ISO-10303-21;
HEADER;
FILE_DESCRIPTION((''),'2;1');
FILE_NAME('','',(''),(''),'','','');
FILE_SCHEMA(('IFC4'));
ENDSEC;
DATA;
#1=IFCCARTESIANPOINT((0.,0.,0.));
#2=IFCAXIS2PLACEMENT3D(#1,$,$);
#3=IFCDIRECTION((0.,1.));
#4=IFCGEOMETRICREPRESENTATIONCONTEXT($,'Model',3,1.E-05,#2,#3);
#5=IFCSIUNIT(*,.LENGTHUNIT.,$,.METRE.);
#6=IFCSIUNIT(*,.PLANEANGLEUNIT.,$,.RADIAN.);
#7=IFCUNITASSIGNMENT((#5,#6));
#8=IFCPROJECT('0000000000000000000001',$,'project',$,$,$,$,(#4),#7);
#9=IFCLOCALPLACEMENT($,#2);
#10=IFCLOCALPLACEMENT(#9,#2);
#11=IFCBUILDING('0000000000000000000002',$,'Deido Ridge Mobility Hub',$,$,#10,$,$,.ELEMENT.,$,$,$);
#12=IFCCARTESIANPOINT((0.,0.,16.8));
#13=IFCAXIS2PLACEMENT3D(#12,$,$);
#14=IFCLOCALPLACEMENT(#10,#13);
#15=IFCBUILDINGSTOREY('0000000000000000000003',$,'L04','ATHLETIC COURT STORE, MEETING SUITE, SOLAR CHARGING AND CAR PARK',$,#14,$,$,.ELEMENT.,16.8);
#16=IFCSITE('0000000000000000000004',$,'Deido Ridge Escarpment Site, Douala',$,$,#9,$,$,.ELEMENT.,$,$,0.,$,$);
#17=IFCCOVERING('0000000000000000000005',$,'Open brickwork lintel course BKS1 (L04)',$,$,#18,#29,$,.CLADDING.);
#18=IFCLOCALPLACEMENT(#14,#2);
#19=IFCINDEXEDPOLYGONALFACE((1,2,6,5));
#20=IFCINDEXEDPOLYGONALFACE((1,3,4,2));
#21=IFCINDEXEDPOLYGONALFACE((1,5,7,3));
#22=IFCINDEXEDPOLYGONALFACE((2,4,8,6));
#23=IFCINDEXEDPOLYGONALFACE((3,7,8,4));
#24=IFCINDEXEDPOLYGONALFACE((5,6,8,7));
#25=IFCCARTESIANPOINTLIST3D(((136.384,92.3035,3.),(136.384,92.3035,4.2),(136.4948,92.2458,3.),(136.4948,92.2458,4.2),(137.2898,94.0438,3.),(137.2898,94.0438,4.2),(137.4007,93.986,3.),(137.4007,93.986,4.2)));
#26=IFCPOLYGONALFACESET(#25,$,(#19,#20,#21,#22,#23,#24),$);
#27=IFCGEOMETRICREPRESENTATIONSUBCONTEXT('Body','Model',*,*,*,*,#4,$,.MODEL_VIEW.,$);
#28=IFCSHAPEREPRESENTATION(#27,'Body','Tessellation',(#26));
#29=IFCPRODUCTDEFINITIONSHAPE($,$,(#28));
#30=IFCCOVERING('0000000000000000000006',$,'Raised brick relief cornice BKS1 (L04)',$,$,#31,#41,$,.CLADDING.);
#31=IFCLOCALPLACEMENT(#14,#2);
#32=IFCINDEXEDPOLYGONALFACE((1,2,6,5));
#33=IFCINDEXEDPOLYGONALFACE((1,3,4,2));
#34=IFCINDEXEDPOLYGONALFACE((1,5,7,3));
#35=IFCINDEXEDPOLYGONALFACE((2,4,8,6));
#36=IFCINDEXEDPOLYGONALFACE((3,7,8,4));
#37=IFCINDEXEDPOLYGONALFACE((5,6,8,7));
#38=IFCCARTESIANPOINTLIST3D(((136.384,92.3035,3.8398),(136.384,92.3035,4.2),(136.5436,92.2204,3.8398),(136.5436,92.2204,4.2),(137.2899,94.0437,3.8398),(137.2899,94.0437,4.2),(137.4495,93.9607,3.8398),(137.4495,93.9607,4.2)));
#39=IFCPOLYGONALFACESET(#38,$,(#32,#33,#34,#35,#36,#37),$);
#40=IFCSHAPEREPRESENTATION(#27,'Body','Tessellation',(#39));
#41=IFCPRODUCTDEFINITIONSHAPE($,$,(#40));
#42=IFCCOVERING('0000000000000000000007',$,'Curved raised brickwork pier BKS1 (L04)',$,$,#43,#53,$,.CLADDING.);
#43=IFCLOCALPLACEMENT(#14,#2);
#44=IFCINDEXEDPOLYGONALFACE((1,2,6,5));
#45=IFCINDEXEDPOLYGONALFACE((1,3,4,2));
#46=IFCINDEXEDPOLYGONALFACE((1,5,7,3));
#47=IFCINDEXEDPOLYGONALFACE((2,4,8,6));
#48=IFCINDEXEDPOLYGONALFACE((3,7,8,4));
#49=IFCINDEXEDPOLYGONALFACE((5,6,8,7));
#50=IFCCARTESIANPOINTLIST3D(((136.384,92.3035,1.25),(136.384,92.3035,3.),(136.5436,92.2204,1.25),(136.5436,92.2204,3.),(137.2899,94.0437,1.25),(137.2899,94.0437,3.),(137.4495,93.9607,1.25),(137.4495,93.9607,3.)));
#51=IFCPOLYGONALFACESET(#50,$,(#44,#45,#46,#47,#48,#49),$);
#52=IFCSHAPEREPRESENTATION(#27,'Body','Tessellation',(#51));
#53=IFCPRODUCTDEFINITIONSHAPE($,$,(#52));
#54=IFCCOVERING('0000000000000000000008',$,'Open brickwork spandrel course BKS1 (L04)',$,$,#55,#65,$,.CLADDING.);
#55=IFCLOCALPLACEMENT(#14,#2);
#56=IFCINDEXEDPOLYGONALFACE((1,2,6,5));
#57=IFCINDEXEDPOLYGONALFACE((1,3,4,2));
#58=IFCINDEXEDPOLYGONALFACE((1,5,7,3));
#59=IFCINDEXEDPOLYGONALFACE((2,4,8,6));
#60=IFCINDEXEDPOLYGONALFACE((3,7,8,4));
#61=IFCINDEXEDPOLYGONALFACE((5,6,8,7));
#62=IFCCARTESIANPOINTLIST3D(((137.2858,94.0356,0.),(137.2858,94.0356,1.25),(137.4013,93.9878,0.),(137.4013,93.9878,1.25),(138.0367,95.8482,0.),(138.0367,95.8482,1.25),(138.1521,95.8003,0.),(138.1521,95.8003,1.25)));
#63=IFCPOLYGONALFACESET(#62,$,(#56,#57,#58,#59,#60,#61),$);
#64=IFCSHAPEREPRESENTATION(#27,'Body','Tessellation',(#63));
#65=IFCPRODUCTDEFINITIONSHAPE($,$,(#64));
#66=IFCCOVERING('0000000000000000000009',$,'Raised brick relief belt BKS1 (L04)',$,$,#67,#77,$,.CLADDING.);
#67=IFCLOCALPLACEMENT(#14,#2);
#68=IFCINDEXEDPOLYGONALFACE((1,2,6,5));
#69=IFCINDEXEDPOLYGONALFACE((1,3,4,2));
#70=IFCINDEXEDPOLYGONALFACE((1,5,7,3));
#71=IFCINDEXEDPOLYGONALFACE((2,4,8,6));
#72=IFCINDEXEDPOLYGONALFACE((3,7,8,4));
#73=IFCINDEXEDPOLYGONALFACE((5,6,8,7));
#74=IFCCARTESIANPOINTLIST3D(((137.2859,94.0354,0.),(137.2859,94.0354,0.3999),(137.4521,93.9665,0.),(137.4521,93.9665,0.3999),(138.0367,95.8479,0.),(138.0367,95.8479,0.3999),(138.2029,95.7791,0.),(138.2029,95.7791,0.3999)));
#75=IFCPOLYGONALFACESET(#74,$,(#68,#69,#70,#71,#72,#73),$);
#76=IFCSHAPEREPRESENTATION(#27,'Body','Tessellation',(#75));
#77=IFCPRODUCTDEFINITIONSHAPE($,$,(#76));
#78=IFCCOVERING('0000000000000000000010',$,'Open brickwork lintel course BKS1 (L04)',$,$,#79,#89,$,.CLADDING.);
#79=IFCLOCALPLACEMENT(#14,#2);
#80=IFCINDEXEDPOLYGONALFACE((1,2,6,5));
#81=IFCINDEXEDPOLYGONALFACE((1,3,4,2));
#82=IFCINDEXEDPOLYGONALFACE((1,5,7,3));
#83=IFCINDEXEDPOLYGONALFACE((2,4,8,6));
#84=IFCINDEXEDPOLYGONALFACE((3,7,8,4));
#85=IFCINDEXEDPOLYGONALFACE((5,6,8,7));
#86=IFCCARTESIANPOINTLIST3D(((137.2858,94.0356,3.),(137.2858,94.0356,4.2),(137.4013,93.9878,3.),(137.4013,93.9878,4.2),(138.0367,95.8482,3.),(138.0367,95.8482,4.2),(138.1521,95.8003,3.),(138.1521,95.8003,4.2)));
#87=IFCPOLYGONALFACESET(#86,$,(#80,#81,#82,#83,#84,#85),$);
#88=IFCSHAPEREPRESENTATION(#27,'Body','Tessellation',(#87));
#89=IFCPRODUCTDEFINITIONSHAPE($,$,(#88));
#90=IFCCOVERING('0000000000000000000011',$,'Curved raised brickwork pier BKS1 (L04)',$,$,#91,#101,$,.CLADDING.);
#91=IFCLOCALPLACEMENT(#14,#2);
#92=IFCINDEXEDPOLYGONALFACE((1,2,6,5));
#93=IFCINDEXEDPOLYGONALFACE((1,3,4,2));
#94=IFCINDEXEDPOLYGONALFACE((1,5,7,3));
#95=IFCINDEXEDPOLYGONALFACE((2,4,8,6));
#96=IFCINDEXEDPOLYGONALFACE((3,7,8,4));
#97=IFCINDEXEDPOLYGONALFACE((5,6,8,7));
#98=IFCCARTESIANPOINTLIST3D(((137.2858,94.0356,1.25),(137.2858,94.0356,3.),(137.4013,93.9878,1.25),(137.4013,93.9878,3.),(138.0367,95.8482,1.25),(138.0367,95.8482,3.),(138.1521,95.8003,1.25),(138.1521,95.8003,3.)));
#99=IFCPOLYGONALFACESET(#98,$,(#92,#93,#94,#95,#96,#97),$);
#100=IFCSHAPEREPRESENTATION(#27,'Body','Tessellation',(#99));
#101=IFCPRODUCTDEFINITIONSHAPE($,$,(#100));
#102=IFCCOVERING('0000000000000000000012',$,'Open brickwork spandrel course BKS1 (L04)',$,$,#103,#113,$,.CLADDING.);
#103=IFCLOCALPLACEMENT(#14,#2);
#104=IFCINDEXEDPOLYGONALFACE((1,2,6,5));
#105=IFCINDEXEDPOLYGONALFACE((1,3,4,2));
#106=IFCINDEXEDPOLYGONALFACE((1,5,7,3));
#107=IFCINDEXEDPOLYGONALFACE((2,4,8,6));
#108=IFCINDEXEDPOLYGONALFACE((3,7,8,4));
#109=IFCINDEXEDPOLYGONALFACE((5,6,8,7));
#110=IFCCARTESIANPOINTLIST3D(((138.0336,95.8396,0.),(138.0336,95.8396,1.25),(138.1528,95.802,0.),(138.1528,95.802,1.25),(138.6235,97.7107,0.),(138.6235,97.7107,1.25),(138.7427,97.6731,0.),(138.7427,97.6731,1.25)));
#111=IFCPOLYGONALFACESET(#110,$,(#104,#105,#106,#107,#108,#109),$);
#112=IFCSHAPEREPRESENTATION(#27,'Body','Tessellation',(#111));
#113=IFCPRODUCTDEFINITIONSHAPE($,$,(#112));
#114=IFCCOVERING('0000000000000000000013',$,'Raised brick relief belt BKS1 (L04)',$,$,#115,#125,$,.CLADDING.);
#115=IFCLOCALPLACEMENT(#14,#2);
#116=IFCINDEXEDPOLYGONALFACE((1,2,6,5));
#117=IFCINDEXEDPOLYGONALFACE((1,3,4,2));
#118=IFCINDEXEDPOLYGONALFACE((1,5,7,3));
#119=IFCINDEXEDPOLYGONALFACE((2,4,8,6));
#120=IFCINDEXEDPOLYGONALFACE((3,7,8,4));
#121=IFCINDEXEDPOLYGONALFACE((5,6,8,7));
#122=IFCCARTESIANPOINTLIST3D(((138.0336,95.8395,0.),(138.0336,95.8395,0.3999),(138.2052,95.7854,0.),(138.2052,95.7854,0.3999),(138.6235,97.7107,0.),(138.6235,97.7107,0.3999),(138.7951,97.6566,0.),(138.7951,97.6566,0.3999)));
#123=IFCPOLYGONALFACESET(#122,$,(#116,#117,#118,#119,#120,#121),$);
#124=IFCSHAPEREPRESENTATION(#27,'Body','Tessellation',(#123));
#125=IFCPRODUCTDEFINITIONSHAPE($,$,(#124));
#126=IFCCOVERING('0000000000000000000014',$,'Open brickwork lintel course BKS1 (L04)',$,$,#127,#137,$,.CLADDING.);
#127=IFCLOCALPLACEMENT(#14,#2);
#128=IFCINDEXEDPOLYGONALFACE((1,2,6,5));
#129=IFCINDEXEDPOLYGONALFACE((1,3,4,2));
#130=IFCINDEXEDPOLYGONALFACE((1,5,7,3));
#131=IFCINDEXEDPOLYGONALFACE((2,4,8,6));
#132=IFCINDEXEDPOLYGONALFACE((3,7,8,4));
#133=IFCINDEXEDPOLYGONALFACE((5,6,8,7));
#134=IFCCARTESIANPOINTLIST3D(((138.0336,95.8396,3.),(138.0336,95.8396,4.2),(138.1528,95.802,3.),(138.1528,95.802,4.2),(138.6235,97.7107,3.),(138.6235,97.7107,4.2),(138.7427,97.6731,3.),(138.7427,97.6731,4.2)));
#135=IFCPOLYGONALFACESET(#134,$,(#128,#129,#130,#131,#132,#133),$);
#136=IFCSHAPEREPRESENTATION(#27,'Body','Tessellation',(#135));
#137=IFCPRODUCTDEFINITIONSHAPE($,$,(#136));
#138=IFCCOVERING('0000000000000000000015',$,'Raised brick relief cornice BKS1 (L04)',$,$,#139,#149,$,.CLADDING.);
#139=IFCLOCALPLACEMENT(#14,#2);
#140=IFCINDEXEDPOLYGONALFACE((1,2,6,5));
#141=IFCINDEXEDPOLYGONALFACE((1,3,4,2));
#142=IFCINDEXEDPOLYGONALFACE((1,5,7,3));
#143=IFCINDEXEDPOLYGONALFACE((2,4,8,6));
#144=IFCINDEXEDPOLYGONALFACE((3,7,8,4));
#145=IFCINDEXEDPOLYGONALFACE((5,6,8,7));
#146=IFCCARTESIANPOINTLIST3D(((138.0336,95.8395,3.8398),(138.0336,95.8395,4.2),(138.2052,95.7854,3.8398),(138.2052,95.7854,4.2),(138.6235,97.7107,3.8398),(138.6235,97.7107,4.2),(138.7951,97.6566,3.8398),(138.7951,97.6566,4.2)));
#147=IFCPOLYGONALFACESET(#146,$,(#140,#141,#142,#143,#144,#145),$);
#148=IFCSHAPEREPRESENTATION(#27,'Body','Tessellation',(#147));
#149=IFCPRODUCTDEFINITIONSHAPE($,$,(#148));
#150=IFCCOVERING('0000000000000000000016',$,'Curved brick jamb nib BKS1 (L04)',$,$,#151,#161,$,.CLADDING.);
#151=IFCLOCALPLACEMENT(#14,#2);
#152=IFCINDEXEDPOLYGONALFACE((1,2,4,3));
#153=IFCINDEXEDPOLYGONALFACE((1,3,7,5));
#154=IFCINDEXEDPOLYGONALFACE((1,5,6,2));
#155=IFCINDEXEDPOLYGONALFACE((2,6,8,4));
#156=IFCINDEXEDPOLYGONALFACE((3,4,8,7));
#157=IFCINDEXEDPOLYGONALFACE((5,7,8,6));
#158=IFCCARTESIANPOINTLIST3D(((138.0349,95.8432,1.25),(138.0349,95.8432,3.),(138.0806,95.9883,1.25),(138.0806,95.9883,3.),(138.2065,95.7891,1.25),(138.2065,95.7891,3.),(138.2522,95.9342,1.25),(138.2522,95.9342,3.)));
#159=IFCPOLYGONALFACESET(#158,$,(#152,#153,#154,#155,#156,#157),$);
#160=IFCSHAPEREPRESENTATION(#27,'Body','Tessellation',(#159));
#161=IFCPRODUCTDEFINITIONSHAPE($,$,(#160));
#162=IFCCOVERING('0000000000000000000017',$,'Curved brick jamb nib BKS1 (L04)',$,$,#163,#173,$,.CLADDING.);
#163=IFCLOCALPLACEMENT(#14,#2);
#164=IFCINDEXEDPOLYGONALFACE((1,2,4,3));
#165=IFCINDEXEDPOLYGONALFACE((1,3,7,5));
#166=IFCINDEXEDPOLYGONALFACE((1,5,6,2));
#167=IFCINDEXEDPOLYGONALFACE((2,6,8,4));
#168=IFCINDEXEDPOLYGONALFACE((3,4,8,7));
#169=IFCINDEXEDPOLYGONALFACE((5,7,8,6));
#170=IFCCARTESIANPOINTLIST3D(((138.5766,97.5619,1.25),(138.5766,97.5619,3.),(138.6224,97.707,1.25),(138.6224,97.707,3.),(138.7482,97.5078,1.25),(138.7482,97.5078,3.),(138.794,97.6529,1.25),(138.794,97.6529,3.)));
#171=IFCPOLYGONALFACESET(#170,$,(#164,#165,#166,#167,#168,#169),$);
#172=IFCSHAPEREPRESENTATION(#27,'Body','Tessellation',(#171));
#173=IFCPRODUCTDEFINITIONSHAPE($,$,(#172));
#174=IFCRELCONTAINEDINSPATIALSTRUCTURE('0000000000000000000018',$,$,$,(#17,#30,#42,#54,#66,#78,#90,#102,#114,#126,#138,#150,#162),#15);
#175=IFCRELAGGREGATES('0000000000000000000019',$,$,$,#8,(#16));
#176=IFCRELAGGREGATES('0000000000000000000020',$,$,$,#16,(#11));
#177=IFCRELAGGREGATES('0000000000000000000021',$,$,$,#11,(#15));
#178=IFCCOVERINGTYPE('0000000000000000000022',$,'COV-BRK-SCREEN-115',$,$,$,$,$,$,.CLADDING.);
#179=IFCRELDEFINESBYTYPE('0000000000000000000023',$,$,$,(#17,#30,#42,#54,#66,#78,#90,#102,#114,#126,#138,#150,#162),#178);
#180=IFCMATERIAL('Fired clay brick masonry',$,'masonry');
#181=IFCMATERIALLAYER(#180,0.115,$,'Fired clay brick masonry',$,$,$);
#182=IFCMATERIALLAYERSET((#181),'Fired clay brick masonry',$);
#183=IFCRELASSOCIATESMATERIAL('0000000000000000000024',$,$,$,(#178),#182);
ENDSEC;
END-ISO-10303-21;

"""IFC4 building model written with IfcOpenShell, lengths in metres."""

from ifc_helpers import new_model, si_unit, direction, frame, origin, origin_2d, place, context, subcontext, project, spatial, rectangle, extrude, material, layer, layer_set, type_object, element, save


model = new_model("IFC4")

# Units and contexts
model_context = context("Model", 3, precision=1e-05, world=origin(), true_north=direction((0.0, 1.0)))
body_context = subcontext(model_context, "Body", "Model", "MODEL_VIEW")
ifc_project = project(units=[si_unit("LENGTHUNIT", "METRE"), si_unit("PLANEANGLEUNIT", "RADIAN")], contexts=[model_context])

# Site, building, storey
site_placement = place(None, origin())
site = spatial("IfcSite", under=ifc_project, at=site_placement, Name="Deido Ridge Escarpment Site, Douala", CompositionType="ELEMENT", RefElevation=0.0)
building_placement = place(site_placement, origin())
building = spatial("IfcBuilding", under=site, at=building_placement, Name="Deido Ridge Mobility Hub", CompositionType="ELEMENT")
storey_placement = place(building_placement, frame((0.0, 0.0, 16.8)))
storey = spatial("IfcBuildingStorey", under=building, at=storey_placement, Name="L04", Description="ATHLETIC COURT STORE, MEETING SUITE, SOLAR CHARGING AND CAR PARK", CompositionType="ELEMENT", Elevation=16.8)

# Coverings
ifc_material_1 = material(Name="Fired clay brick masonry", Category="masonry")
ifc_layer = layer(ifc_material_1, 0.115, Name="Fired clay brick masonry")
ifc_layer_set = layer_set([ifc_layer], Name="Fired clay brick masonry")
covering_type = type_object("IfcCoveringType", Name="COV-BRK-SCREEN-115", PredefinedType="CLADDING", material=ifc_layer_set)
covering_1_placement = place(storey_placement, frame((136.8923, 93.1448, 3.0), z_axis=(0.0, 0.0, 1.0), x_axis=(0.461733, 0.887019, 0.0)))
element("IfcCovering", 1, at=covering_1_placement, inside=storey, type_object=covering_type, Name="Open brickwork lintel course BKS1 (L04)", PredefinedType="CLADDING", context=body_context, shape_type="SweptSolid", body=[
    extrude(rectangle(XDim=1.9619, YDim=0.125, at=origin_2d()), origin(), (0.0, 0.0, 1.0), 1.2),
])
covering_2_placement = place(storey_placement, frame((136.9167, 93.1321, 3.8398), z_axis=(0.0, 0.0, 1.0), x_axis=(0.461733, 0.887019, 0.0)))
element("IfcCovering", 2, at=covering_2_placement, inside=storey, type_object=covering_type, Name="Raised brick relief cornice BKS1 (L04)", PredefinedType="CLADDING", context=body_context, shape_type="SweptSolid", body=[
    extrude(rectangle(XDim=1.9619, YDim=0.1799, at=origin_2d()), origin(), (0.0, 0.0, 1.0), 0.3601),
])
covering_3_placement = place(storey_placement, frame((136.9167, 93.1321, 1.25), z_axis=(0.0, 0.0, 1.0), x_axis=(0.461733, 0.887019, 0.0)))
element("IfcCovering", 3, at=covering_3_placement, inside=storey, type_object=covering_type, Name="Curved raised brickwork pier BKS1 (L04)", PredefinedType="CLADDING", context=body_context, shape_type="SweptSolid", body=[
    extrude(rectangle(XDim=1.9619, YDim=0.1799, at=origin_2d()), origin(), (0.0, 0.0, 1.0), 1.75),
])
covering_4_placement = place(storey_placement, frame((137.719, 94.918, 0.0), z_axis=(0.0, 0.0, 1.0), x_axis=(0.3827, 0.923873, 0.0)))
element("IfcCovering", 4, at=covering_4_placement, inside=storey, type_object=covering_type, Name="Open brickwork spandrel course BKS1 (L04)", PredefinedType="CLADDING", context=body_context, shape_type="SweptSolid", body=[
    extrude(rectangle(XDim=1.9619, YDim=0.125, at=origin_2d()), origin(), (0.0, 0.0, 1.0), 1.25),
])
covering_5_placement = place(storey_placement, frame((137.7444, 94.9072, 0.0), z_axis=(0.0, 0.0, 1.0), x_axis=(0.3827, 0.923873, 0.0)))
element("IfcCovering", 5, at=covering_5_placement, inside=storey, type_object=covering_type, Name="Raised brick relief belt BKS1 (L04)", PredefinedType="CLADDING", context=body_context, shape_type="SweptSolid", body=[
    extrude(rectangle(XDim=1.9619, YDim=0.1799, at=origin_2d()), origin(), (0.0, 0.0, 1.0), 0.3999),
])
covering_6_placement = place(storey_placement, frame((137.719, 94.918, 3.0), z_axis=(0.0, 0.0, 1.0), x_axis=(0.3827, 0.923873, 0.0)))
element("IfcCovering", 6, at=covering_6_placement, inside=storey, type_object=covering_type, Name="Open brickwork lintel course BKS1 (L04)", PredefinedType="CLADDING", context=body_context, shape_type="SweptSolid", body=[
    extrude(rectangle(XDim=1.9619, YDim=0.125, at=origin_2d()), origin(), (0.0, 0.0, 1.0), 1.2),
])
covering_7_placement = place(storey_placement, frame((137.719, 94.918, 1.25), z_axis=(0.0, 0.0, 1.0), x_axis=(0.3827, 0.923873, 0.0)))
element("IfcCovering", 7, at=covering_7_placement, inside=storey, type_object=covering_type, Name="Curved raised brickwork pier BKS1 (L04)", PredefinedType="CLADDING", context=body_context, shape_type="SweptSolid", body=[
    extrude(rectangle(XDim=1.9619, YDim=0.125, at=origin_2d()), origin(), (0.0, 0.0, 1.0), 1.75),
])
covering_8_placement = place(storey_placement, frame((138.3882, 96.7563, 0.0), z_axis=(0.0, 0.0, 1.0), x_axis=(0.300673, 0.953727, 0.0)))
element("IfcCovering", 8, at=covering_8_placement, inside=storey, type_object=covering_type, Name="Open brickwork spandrel course BKS1 (L04)", PredefinedType="CLADDING", context=body_context, shape_type="SweptSolid", body=[
    extrude(rectangle(XDim=1.9619, YDim=0.125, at=origin_2d()), origin(), (0.0, 0.0, 1.0), 1.25),
])
covering_9_placement = place(storey_placement, frame((138.4143, 96.748, 0.0), z_axis=(0.0, 0.0, 1.0), x_axis=(0.300673, 0.953727, 0.0)))
element("IfcCovering", 9, at=covering_9_placement, inside=storey, type_object=covering_type, Name="Raised brick relief belt BKS1 (L04)", PredefinedType="CLADDING", context=body_context, shape_type="SweptSolid", body=[
    extrude(rectangle(XDim=1.9619, YDim=0.1799, at=origin_2d()), origin(), (0.0, 0.0, 1.0), 0.3999),
])
covering_10_placement = place(storey_placement, frame((138.3882, 96.7563, 3.0), z_axis=(0.0, 0.0, 1.0), x_axis=(0.300673, 0.953727, 0.0)))
element("IfcCovering", 10, at=covering_10_placement, inside=storey, type_object=covering_type, Name="Open brickwork lintel course BKS1 (L04)", PredefinedType="CLADDING", context=body_context, shape_type="SweptSolid", body=[
    extrude(rectangle(XDim=1.9619, YDim=0.125, at=origin_2d()), origin(), (0.0, 0.0, 1.0), 1.2),
])
covering_11_placement = place(storey_placement, frame((138.4143, 96.748, 3.8398), z_axis=(0.0, 0.0, 1.0), x_axis=(0.300673, 0.953727, 0.0)))
element("IfcCovering", 11, at=covering_11_placement, inside=storey, type_object=covering_type, Name="Raised brick relief cornice BKS1 (L04)", PredefinedType="CLADDING", context=body_context, shape_type="SweptSolid", body=[
    extrude(rectangle(XDim=1.9619, YDim=0.1799, at=origin_2d()), origin(), (0.0, 0.0, 1.0), 0.3601),
])
for number, where, z_axis, x_axis, name in (
    (12, (138.1436, 95.8887, 1.25), (0.0, 0.0, 1.0), (0.300673, 0.953727, 0.0), "Curved brick jamb nib BKS1 (L04)"),
    (13, (138.6853, 97.6074, 1.25), (0.0, 0.0, 1.0), (0.300673, 0.953727, 0.0), "Curved brick jamb nib BKS1 (L04)"),
):
    element("IfcCovering", number, at=place(storey_placement, frame(where, z_axis=z_axis, x_axis=x_axis)), inside=storey, type_object=covering_type, Name=name, PredefinedType="CLADDING", context=body_context, shape_type="SweptSolid", body=[
        extrude(rectangle(XDim=0.1521, YDim=0.1799, at=origin_2d()), origin(), (0.0, 0.0, 1.0), 1.75),
    ])

save(model, "model.ifc")
